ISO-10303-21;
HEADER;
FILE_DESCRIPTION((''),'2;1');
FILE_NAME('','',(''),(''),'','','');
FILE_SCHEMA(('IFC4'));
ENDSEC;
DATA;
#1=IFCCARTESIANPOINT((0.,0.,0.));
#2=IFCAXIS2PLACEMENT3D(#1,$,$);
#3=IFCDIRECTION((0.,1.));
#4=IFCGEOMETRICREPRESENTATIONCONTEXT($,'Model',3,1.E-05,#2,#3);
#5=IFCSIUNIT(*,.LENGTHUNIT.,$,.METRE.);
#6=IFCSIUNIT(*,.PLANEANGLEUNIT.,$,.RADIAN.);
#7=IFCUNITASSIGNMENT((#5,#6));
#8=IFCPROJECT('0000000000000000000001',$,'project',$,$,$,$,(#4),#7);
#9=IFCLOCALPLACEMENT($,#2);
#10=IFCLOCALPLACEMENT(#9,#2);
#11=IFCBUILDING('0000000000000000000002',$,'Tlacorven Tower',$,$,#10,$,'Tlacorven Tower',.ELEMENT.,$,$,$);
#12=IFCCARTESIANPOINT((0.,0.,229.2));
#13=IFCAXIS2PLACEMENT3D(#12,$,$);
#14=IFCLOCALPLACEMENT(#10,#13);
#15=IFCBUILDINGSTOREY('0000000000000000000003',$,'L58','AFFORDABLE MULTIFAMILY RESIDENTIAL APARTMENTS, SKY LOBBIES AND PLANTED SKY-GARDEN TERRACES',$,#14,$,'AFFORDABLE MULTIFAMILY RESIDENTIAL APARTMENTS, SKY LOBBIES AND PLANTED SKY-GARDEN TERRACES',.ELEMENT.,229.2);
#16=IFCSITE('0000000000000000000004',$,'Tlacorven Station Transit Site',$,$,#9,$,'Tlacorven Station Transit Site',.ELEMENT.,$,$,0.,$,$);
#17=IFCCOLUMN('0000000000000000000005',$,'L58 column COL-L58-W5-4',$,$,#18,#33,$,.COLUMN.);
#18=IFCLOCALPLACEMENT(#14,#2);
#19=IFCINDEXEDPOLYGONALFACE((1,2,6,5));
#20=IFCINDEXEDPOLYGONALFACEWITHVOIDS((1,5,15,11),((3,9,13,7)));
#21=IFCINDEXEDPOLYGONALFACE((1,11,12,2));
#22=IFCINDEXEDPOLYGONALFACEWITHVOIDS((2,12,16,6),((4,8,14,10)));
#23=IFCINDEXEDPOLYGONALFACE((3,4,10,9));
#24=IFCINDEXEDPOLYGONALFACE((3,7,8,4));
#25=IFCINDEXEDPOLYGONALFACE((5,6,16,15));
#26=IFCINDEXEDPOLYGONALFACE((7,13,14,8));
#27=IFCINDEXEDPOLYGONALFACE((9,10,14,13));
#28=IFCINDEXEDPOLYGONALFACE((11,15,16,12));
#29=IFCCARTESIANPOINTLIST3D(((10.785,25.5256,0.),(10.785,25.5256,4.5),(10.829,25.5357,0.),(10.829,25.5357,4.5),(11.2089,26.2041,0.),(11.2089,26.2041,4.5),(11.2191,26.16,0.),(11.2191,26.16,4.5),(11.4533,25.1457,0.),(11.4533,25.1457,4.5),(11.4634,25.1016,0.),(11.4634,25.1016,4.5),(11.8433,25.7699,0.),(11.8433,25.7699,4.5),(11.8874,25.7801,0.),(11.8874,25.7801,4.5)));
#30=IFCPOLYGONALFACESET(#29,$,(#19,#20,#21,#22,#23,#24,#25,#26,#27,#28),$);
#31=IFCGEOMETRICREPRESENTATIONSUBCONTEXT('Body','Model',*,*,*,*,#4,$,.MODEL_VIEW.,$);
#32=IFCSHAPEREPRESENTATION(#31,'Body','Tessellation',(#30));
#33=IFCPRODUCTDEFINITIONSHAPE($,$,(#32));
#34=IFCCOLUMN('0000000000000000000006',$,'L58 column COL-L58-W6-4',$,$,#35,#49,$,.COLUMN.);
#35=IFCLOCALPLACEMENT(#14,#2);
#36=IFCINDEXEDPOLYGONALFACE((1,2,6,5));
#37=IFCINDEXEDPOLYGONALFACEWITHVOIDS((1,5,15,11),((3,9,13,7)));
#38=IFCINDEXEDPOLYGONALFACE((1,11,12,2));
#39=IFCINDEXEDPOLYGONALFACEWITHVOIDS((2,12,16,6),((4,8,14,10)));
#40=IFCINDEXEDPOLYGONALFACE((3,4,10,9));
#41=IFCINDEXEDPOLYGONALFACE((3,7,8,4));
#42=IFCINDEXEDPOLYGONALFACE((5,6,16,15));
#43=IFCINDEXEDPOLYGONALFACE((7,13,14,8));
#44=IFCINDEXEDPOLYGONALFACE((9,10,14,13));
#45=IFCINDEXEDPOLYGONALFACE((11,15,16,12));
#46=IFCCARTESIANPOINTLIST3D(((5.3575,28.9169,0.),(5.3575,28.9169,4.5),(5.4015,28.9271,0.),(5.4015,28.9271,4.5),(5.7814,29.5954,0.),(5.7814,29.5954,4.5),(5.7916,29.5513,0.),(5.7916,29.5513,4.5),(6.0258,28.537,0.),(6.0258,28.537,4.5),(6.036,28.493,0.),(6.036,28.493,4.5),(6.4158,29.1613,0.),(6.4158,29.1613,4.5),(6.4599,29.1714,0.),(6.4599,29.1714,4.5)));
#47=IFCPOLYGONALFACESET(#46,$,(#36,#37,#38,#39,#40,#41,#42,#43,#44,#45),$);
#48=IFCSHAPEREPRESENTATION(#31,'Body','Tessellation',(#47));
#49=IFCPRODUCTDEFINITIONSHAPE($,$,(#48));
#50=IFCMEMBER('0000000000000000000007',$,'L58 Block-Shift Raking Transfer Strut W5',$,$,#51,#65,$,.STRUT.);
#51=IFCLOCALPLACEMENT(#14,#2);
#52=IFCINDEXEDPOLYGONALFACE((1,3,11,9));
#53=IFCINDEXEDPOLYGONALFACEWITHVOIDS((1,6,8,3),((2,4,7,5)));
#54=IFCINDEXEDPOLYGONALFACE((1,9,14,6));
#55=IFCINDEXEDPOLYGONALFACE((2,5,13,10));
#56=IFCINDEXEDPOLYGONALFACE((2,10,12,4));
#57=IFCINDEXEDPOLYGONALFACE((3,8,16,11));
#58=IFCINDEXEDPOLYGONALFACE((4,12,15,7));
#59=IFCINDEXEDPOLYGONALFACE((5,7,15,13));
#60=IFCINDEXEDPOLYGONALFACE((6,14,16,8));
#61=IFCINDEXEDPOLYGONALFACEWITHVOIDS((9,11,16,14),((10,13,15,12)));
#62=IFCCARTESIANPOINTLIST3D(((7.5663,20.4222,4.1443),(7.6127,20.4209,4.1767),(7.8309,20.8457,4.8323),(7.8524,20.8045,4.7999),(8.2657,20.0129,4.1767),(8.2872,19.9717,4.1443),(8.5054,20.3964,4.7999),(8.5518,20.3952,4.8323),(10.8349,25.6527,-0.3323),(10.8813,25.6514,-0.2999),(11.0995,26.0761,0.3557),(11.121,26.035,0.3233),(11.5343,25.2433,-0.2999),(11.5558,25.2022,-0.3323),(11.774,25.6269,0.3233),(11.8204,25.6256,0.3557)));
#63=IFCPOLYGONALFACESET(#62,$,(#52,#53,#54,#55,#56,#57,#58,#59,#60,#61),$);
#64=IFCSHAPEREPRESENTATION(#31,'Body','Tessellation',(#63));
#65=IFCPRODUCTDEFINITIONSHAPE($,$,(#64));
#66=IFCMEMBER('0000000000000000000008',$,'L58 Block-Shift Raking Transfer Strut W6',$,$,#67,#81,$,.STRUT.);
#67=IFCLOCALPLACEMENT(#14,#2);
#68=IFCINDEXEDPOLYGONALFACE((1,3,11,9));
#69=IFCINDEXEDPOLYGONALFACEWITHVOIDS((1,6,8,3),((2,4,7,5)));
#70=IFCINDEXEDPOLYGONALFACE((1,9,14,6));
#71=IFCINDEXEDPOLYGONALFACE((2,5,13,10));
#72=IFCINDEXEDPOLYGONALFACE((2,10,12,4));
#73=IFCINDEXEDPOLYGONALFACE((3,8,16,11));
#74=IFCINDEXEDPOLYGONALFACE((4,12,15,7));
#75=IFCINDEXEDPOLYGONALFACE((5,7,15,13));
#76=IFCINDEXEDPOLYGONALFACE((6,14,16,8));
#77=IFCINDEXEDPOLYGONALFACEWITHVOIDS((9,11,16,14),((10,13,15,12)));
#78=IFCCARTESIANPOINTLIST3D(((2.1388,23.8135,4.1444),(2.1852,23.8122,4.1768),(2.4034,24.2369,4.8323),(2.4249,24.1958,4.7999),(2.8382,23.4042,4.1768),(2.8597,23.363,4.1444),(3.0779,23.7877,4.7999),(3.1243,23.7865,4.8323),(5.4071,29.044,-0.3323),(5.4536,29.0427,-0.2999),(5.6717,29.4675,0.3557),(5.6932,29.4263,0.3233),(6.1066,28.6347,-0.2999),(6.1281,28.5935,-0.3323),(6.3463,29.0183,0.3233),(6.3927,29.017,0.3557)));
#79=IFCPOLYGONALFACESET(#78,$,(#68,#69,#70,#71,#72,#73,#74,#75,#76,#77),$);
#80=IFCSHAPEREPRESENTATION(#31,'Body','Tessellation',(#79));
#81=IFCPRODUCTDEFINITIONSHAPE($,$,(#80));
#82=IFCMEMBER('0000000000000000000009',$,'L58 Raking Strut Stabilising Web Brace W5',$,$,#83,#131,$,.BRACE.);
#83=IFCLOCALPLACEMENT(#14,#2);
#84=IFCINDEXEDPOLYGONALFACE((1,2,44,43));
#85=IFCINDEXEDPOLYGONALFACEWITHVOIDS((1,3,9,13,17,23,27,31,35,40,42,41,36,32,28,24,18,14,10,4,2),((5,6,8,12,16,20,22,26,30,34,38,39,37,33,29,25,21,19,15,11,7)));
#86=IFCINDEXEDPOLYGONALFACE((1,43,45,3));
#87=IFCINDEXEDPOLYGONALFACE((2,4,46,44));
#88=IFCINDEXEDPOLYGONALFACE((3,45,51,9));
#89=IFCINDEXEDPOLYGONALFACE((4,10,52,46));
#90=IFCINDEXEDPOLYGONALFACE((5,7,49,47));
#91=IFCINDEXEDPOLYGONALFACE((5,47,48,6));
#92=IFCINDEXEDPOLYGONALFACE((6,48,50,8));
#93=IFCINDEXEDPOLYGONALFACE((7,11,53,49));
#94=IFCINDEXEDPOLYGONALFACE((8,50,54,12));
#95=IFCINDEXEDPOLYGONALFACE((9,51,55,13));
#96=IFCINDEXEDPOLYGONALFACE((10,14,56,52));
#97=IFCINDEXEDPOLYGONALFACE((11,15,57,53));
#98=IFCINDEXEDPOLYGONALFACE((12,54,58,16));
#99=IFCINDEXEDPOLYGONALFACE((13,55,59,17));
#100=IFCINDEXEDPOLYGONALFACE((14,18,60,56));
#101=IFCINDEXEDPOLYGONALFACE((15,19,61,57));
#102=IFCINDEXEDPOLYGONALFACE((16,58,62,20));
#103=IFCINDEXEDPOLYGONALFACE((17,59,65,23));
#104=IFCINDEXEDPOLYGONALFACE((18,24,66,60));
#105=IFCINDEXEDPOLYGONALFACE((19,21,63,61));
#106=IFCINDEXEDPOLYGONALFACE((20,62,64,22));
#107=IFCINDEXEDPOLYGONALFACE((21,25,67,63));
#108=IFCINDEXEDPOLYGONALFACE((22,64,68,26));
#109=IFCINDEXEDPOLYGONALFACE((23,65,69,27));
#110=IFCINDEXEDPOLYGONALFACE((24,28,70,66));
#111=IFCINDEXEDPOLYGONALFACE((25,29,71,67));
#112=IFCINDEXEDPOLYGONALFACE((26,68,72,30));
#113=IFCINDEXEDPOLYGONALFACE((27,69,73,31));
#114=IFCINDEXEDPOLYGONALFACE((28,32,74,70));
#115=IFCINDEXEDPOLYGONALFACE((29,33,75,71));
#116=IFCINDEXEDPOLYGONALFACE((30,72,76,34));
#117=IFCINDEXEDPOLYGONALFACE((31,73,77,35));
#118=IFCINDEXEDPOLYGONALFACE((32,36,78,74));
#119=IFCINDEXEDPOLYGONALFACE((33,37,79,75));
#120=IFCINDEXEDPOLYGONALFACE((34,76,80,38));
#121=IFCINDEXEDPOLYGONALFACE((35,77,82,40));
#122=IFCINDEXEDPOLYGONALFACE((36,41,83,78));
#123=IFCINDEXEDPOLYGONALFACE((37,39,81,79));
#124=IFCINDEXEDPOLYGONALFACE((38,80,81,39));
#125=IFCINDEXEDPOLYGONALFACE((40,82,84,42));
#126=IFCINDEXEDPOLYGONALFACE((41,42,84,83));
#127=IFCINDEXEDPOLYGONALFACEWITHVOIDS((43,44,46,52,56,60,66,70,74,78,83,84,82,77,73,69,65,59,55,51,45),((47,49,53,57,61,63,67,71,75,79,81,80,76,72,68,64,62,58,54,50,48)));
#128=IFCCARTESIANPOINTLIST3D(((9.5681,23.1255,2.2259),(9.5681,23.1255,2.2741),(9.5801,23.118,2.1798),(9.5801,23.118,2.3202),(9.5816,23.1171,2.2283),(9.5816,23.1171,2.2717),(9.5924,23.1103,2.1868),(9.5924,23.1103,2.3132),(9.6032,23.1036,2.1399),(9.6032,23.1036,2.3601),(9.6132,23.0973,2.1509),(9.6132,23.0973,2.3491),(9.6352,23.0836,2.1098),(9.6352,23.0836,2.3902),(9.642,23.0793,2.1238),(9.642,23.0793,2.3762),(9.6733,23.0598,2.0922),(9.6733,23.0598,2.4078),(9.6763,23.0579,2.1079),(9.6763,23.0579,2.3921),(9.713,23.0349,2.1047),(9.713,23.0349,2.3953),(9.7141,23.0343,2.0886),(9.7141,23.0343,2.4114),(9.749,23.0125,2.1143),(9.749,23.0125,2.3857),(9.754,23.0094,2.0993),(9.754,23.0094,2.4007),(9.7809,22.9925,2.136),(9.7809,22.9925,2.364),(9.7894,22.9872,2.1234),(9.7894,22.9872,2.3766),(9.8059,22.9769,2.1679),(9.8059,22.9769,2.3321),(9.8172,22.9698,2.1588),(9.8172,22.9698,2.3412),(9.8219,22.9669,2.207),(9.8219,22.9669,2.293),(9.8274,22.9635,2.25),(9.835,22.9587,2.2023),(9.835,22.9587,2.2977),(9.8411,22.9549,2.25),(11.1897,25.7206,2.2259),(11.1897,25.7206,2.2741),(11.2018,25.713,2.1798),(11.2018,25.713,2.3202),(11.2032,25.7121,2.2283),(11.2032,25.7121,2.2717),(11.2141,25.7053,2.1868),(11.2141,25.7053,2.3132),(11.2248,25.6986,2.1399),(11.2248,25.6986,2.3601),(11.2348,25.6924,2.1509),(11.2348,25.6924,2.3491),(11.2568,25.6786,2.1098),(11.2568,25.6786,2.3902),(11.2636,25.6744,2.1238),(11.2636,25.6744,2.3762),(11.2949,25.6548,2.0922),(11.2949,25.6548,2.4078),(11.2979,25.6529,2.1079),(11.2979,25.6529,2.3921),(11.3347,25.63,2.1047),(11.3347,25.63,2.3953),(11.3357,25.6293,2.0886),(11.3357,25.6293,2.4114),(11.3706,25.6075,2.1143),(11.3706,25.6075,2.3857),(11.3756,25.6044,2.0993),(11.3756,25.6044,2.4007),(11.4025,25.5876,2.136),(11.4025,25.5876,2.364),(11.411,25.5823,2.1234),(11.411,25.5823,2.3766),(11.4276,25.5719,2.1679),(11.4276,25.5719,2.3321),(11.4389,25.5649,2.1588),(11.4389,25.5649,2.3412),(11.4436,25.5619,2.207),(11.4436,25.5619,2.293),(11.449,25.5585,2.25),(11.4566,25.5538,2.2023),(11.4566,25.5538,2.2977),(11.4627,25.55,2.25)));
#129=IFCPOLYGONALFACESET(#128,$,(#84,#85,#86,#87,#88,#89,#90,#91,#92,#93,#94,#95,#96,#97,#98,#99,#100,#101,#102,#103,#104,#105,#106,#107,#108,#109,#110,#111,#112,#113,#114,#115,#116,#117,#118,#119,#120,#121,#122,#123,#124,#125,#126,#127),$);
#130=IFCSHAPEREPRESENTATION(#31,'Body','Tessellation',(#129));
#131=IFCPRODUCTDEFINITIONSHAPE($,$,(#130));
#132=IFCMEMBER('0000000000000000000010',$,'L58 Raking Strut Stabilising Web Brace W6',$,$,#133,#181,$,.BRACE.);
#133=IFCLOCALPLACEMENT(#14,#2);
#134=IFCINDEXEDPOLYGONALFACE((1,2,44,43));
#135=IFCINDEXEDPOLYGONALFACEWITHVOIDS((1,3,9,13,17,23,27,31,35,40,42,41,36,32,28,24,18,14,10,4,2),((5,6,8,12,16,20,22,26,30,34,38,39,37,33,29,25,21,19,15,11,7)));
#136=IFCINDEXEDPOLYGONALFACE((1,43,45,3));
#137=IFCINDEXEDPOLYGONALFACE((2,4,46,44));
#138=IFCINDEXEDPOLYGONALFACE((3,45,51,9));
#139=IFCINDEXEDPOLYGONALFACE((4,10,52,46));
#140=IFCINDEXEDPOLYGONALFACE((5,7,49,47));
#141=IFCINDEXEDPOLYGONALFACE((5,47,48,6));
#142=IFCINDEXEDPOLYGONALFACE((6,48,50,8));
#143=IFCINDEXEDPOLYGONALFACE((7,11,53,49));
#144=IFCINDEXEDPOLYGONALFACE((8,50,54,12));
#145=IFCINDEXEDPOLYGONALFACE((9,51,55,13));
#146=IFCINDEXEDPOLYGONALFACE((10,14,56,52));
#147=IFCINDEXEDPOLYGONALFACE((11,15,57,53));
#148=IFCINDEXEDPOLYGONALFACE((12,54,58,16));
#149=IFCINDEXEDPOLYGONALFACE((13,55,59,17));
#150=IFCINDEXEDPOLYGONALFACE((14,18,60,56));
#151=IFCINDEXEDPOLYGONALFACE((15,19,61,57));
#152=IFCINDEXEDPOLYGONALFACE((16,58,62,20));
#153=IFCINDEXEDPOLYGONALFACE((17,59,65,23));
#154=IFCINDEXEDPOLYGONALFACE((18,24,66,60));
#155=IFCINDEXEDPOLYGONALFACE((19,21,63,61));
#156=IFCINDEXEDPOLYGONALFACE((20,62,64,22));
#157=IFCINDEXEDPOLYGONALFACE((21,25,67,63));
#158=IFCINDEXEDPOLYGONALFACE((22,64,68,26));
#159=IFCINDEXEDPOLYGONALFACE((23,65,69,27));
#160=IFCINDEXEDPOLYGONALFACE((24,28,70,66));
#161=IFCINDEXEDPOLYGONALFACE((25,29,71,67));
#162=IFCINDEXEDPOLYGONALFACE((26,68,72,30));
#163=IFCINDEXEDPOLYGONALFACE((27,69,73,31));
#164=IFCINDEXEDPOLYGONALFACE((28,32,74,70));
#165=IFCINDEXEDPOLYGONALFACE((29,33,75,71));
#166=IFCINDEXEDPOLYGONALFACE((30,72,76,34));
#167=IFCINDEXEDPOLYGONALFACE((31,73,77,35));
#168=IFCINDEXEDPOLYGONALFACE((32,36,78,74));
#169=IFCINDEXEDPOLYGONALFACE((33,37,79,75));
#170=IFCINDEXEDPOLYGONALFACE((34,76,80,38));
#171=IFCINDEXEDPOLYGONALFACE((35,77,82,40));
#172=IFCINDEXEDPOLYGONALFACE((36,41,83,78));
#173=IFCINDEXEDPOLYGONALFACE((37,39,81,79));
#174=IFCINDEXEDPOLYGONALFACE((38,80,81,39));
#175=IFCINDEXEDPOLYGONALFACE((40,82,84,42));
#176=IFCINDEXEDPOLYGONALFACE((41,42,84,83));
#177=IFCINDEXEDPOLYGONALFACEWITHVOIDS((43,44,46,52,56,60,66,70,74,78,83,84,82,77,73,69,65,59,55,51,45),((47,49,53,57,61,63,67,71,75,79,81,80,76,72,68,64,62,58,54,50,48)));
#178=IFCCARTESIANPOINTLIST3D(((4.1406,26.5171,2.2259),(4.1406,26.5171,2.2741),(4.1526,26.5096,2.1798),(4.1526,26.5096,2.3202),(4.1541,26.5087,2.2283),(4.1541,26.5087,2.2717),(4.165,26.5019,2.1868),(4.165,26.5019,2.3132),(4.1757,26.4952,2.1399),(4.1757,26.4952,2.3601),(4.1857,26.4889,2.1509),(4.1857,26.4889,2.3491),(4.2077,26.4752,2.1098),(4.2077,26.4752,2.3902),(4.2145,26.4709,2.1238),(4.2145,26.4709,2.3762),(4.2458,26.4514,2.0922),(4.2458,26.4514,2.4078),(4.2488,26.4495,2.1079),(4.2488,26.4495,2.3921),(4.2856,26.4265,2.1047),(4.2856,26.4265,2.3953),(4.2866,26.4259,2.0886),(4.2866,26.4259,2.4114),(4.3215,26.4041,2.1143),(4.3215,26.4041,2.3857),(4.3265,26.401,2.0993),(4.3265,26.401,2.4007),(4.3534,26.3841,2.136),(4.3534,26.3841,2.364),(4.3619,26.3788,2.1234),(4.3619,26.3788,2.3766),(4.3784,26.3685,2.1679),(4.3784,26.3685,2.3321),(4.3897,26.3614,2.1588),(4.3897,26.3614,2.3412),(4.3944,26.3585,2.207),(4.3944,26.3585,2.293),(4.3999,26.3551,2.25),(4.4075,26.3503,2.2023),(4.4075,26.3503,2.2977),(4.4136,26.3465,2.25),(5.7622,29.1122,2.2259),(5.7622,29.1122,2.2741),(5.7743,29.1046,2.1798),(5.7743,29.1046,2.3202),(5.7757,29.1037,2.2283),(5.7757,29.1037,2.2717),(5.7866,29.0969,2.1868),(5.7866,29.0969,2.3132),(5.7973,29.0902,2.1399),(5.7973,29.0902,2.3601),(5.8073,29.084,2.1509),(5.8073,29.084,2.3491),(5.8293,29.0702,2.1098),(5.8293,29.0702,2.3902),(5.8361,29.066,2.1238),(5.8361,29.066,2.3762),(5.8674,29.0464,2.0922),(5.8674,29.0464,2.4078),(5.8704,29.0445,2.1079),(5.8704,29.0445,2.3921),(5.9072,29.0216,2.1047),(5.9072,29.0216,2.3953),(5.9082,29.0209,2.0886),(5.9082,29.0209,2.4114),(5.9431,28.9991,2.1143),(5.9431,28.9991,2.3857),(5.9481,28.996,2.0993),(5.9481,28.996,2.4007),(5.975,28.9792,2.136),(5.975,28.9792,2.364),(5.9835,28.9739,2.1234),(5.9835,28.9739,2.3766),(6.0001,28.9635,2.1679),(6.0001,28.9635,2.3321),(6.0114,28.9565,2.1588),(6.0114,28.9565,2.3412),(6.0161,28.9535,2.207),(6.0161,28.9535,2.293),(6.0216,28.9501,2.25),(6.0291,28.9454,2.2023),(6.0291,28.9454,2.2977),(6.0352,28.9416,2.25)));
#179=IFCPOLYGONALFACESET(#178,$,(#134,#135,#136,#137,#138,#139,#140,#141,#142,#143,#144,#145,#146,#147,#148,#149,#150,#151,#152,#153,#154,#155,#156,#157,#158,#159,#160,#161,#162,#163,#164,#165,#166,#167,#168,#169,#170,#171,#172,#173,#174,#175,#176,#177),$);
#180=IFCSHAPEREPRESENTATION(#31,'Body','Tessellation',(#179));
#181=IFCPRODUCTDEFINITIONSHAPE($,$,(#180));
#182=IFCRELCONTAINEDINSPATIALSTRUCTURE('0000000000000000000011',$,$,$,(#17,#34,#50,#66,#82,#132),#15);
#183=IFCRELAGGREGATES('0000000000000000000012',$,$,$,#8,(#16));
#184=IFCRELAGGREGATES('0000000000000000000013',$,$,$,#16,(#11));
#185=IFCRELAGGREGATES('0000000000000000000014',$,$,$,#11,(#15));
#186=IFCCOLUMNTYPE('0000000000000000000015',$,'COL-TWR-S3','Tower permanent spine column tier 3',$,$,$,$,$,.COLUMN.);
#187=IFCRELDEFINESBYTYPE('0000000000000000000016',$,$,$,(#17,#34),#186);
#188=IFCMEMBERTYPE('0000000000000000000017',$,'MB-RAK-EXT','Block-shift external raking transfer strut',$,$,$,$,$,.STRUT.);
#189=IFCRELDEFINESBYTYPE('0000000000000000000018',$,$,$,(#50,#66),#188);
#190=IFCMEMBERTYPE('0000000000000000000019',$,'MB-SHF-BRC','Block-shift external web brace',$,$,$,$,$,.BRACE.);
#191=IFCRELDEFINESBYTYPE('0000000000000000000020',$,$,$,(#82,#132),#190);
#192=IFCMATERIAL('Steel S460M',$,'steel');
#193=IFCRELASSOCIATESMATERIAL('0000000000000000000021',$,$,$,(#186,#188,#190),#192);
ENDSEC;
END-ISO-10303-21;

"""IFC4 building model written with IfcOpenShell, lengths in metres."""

from ifc_helpers import new_model, si_unit, direction, frame, origin, origin_2d, place, context, subcontext, project, spatial, hollow_rectangle, hollow_circle, extrude, source, transform, mapped, material, material_profile, profile_set, type_object, element, save


model = new_model("IFC4")

# Units and contexts
model_context = context("Model", 3, precision=1e-05, world=origin(), true_north=direction((0.0, 1.0)))
body_context = subcontext(model_context, "Body", "Model", "MODEL_VIEW")
ifc_project = project(units=[si_unit("LENGTHUNIT", "METRE"), si_unit("PLANEANGLEUNIT", "RADIAN")], contexts=[model_context])

# Site, building, storey
site_placement = place(None, origin())
site = spatial("IfcSite", under=ifc_project, at=site_placement, Name="Tlacorven Station Transit Site", LongName="Tlacorven Station Transit Site", CompositionType="ELEMENT", RefElevation=0.0)
building_placement = place(site_placement, origin())
building = spatial("IfcBuilding", under=site, at=building_placement, Name="Tlacorven Tower", LongName="Tlacorven Tower", CompositionType="ELEMENT")
storey_placement = place(building_placement, frame((0.0, 0.0, 229.2)))
storey = spatial("IfcBuildingStorey", under=building, at=storey_placement, Name="L58", Description="AFFORDABLE MULTIFAMILY RESIDENTIAL APARTMENTS, SKY LOBBIES AND PLANTED SKY-GARDEN TERRACES", LongName="AFFORDABLE MULTIFAMILY RESIDENTIAL APARTMENTS, SKY LOBBIES AND PLANTED SKY-GARDEN TERRACES", CompositionType="ELEMENT", Elevation=229.2)

# Columns
ifc_material_1 = material(Name="Steel S460M", Category="steel")
ifc_material_profile_1 = material_profile(ifc_material_1, hollow_rectangle(XDim=0.8, YDim=0.8, WallThickness=0.032, at=origin_2d()), Name="BOX 800X800X32")
ifc_profile_set_1 = profile_set([ifc_material_profile_1], Name="Steel S460M")
column_type = type_object("IfcColumnType", Name="COL-TWR-S3", Description="Tower permanent spine column tier 3", PredefinedType="COLUMN", material=ifc_profile_set_1)
shared_shape_1 = source(origin(), body_context, "Body", "SweptSolid", [
    extrude(hollow_rectangle(XDim=0.8, YDim=0.8, WallThickness=0.032, at=origin_2d()), origin(), (0.0, 0.0, 1.0), 4.5),
])
for number, where, z_axis, x_axis, name in (
    (1, (11.3362, 25.6528, 0.0), (0.0, 0.0, 1.0), (-0.848048, 0.529919, 0.0), "L58 column COL-L58-W5-4"),
    (2, (5.9087, 29.0442, 0.0), (0.0, 0.0, 1.0), (-0.848048, 0.529919, 0.0), "L58 column COL-L58-W6-4"),
):
    element("IfcColumn", number, at=place(storey_placement, frame(where, z_axis=z_axis, x_axis=x_axis)), inside=storey, type_object=column_type, Name=name, PredefinedType="COLUMN", context=body_context, shape_type="MappedRepresentation", body=[
        mapped(shared_shape_1, transform((0.0, 0.0, 0.0), scale=1.0)),
    ])

# Members
ifc_material_profile_2 = material_profile(ifc_material_1, hollow_rectangle(XDim=0.8501, YDim=0.8501, WallThickness=0.04, at=origin_2d()), Name="BOX 850X850X40")
ifc_profile_set_2 = profile_set([ifc_material_profile_2], Name="Steel S460M")
member_type_1 = type_object("IfcMemberType", Name="MB-RAK-EXT", Description="Block-shift external raking transfer strut", PredefinedType="STRUT", material=ifc_profile_set_2)
shared_shape_2 = source(origin(), body_context, "Body", "SweptSolid", [
    extrude(hollow_rectangle(XDim=0.8501, YDim=0.8501, WallThickness=0.04, at=origin_2d()), origin(), (0.0, 0.0, 1.0), 7.6211),
])
for number, where, z_axis, x_axis, name in (
    (3, (11.3276, 25.6392, 0.0117), (-0.428883, -0.686316, 0.587392), (0.848034, -0.529942, 0.0), "L58 Block-Shift Raking Transfer Strut W5"),
    (4, (5.8999, 29.0305, 0.0117), (-0.428857, -0.686325, 0.5874), (0.848052, -0.529914, 0.0), "L58 Block-Shift Raking Transfer Strut W6"),
):
    element("IfcMember", number, at=place(storey_placement, frame(where, z_axis=z_axis, x_axis=x_axis)), inside=storey, type_object=member_type_1, Name=name, PredefinedType="STRUT", context=body_context, shape_type="MappedRepresentation", body=[
        mapped(shared_shape_2, transform((0.0, 0.0, 0.0), scale=1.0)),
    ])
ifc_material_profile_3 = material_profile(ifc_material_1, hollow_circle(Radius=0.1619, WallThickness=0.0161, at=origin_2d()), Name="CHS 323.9X16")
ifc_profile_set_3 = profile_set([ifc_material_profile_3], Name="Steel S460M")
member_type_2 = type_object("IfcMemberType", Name="MB-SHF-BRC", Description="Block-shift external web brace", PredefinedType="BRACE", material=ifc_profile_set_3)
shared_shape_3 = source(origin(), body_context, "Body", "SweptSolid", [
    extrude(hollow_circle(Radius=0.1619, WallThickness=0.0161, at=origin_2d()), origin(), (0.0, 0.0, 1.0), 3.0601),
])
for number, where, z_axis, x_axis, name in (
    (5, (11.3254, 25.6357, 2.25), (-0.529934, -0.848039, 0.0), (0.848039, -0.529934, 0.0), "L58 Raking Strut Stabilising Web Brace W5"),
    (6, (5.8979, 29.0273, 2.25), (-0.529934, -0.848039, 0.0), (0.848039, -0.529934, 0.0), "L58 Raking Strut Stabilising Web Brace W6"),
):
    element("IfcMember", number, at=place(storey_placement, frame(where, z_axis=z_axis, x_axis=x_axis)), inside=storey, type_object=member_type_2, Name=name, PredefinedType="BRACE", context=body_context, shape_type="MappedRepresentation", body=[
        mapped(shared_shape_3, transform((0.0, 0.0, 0.0), scale=1.0)),
    ])

save(model, "model.ifc")
